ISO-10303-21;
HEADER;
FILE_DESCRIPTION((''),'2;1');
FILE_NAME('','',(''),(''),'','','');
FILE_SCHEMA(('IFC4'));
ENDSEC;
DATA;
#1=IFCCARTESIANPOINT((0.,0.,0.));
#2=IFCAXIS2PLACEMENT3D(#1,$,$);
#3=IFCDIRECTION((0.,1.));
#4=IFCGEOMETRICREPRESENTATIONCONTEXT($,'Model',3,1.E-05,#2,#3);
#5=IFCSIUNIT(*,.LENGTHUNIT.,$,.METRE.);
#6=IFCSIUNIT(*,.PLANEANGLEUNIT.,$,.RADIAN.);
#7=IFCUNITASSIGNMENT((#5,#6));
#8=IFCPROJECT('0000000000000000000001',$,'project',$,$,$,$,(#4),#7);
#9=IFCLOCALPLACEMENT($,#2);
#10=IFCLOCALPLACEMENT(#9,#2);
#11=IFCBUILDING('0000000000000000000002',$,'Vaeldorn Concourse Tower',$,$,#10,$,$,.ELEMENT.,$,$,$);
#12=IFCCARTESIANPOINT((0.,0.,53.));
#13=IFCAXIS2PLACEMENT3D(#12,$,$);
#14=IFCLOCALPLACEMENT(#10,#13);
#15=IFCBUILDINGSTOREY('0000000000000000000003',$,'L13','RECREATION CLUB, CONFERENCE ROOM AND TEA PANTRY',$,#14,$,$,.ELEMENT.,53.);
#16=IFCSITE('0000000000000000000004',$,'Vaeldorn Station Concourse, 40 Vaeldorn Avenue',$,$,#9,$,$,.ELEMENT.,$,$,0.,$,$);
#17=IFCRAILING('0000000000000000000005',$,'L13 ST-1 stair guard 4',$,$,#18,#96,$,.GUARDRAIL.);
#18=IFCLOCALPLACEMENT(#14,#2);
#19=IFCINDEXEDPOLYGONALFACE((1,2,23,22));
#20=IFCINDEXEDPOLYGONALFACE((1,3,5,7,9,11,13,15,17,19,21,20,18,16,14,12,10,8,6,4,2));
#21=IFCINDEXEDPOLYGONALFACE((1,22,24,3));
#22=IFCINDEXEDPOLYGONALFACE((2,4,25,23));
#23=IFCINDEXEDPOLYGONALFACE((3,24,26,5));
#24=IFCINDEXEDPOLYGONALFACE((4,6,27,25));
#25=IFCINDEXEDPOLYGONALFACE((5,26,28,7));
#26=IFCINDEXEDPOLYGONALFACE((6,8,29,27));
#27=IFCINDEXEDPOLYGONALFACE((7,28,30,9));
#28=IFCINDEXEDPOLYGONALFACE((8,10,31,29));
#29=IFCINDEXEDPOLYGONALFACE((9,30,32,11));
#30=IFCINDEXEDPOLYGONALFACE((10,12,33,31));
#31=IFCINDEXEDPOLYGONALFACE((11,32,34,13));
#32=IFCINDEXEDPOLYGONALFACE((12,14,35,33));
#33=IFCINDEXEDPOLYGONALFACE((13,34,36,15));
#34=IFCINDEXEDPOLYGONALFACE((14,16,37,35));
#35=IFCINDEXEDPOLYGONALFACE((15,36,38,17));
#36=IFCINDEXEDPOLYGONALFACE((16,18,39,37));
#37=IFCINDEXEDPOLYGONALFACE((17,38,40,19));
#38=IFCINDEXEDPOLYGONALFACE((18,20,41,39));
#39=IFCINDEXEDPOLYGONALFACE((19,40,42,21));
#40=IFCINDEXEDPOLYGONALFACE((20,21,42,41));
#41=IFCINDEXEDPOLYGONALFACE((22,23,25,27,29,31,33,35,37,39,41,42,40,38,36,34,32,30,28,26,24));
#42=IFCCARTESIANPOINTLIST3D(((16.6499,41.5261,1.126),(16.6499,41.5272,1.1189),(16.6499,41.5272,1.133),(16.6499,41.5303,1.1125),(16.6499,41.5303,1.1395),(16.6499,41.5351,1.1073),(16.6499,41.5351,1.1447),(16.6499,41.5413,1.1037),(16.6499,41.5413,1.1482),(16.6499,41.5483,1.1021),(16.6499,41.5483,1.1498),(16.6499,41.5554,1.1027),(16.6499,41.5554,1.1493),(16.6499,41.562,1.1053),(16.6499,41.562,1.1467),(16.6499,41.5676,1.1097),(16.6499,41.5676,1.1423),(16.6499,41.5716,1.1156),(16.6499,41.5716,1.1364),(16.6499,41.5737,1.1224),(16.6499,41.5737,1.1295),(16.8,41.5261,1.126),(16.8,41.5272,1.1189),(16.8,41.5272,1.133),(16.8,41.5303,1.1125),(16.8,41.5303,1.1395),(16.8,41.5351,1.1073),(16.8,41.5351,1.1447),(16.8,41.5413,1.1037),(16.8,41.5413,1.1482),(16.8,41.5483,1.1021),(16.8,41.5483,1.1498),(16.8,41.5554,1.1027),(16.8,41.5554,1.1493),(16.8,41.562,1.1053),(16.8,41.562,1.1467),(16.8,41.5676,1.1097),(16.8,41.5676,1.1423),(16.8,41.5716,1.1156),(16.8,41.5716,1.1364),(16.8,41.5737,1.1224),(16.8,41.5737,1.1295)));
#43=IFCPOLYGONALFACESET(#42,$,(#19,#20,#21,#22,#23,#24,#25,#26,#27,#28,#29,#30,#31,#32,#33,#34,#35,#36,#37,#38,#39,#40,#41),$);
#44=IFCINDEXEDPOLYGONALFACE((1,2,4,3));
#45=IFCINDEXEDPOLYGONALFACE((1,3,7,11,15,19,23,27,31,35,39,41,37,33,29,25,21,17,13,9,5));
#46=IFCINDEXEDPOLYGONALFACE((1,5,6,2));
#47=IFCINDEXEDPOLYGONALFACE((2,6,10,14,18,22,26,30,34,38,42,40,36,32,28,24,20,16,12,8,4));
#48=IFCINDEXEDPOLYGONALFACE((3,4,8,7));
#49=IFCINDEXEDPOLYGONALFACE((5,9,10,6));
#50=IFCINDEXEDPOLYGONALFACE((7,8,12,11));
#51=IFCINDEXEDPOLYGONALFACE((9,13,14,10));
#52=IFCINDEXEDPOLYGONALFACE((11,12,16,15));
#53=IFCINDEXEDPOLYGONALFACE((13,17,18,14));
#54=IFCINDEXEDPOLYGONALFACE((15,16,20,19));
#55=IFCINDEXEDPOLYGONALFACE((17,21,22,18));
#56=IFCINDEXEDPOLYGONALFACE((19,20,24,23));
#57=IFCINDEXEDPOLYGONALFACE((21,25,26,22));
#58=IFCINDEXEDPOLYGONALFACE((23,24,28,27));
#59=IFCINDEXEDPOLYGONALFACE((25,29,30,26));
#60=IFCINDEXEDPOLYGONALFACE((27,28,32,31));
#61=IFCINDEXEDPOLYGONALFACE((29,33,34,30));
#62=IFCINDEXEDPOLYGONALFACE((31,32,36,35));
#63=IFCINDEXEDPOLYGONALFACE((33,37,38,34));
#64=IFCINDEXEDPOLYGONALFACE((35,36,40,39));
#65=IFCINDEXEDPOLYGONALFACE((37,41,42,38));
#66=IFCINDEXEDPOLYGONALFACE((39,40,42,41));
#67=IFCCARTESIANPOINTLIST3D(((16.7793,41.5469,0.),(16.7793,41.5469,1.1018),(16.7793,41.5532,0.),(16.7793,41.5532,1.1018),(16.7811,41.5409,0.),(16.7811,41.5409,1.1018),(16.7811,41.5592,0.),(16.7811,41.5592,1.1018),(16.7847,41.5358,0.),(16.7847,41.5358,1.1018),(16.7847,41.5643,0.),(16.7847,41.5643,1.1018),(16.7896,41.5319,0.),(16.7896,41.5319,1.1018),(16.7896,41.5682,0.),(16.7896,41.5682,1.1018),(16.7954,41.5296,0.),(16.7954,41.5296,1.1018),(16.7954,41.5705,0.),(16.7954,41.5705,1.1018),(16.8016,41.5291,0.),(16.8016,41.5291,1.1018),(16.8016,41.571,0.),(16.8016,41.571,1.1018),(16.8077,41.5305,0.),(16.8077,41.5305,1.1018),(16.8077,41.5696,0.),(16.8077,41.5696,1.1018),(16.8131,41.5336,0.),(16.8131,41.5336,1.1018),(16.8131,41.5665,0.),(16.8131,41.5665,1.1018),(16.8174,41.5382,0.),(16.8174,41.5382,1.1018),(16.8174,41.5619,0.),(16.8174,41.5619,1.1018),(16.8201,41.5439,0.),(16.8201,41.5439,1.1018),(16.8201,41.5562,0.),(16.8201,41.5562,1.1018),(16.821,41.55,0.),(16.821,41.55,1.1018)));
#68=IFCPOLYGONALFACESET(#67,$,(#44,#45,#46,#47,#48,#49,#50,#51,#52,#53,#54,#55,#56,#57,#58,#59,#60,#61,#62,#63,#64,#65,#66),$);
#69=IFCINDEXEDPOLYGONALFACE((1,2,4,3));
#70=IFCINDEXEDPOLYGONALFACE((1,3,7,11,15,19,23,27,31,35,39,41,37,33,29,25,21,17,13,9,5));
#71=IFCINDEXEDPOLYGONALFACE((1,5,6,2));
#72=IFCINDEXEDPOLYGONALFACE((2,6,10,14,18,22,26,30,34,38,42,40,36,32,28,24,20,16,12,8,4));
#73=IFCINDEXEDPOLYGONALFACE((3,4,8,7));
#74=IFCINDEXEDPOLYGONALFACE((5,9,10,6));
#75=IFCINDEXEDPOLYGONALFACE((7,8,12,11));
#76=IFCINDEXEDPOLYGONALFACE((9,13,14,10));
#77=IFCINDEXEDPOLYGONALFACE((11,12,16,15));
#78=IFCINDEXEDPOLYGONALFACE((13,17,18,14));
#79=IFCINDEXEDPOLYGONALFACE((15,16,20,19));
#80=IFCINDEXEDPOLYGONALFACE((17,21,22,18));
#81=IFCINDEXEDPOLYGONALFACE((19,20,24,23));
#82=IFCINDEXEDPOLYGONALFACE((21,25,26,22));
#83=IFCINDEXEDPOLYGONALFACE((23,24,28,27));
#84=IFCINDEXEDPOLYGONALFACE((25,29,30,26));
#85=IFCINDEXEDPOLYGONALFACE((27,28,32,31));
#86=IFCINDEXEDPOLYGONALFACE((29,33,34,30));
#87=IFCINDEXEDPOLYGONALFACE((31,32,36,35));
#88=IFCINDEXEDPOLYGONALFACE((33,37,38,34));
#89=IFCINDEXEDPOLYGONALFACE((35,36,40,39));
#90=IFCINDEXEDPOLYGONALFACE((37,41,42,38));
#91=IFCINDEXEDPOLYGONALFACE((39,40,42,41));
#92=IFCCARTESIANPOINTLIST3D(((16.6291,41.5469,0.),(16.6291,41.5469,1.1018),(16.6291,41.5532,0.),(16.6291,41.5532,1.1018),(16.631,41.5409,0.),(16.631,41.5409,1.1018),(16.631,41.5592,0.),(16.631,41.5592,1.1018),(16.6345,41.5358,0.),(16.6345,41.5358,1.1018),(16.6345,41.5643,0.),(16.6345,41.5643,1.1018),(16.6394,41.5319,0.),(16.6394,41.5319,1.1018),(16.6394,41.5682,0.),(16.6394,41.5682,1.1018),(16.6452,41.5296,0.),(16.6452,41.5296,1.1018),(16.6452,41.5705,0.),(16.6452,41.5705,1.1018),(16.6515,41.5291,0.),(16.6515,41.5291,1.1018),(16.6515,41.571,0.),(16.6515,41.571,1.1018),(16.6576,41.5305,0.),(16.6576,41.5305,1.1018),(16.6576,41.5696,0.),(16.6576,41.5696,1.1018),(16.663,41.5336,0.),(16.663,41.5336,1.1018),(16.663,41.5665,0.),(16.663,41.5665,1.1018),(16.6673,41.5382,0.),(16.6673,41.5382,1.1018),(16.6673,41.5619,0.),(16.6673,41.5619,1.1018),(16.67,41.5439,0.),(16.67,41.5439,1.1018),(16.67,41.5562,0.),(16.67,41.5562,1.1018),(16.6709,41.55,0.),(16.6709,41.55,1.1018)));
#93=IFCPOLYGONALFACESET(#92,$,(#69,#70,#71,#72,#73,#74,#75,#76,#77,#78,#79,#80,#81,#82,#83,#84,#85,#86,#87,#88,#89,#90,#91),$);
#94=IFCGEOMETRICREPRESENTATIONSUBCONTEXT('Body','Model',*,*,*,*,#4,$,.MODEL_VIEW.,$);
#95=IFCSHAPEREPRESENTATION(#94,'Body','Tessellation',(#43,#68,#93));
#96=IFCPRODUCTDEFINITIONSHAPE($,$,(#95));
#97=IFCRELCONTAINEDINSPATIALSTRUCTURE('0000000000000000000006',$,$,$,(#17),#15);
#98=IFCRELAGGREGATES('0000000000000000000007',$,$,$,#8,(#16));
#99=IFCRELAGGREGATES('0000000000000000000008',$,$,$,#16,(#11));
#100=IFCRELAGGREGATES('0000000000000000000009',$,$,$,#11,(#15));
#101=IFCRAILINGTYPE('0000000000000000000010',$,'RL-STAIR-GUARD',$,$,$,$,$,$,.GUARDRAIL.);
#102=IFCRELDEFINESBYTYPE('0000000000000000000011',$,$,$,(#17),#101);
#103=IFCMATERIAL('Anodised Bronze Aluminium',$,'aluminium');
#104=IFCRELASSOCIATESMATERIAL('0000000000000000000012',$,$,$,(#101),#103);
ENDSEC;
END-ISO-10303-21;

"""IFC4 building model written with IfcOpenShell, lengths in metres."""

from ifc_helpers import new_model, si_unit, direction, frame, origin, origin_2d, place, context, subcontext, project, spatial, circle, extrude, material, type_object, element, save


model = new_model("IFC4")

# Units and contexts
model_context = context("Model", 3, precision=1e-05, world=origin(), true_north=direction((0.0, 1.0)))
body_context = subcontext(model_context, "Body", "Model", "MODEL_VIEW")
ifc_project = project(units=[si_unit("LENGTHUNIT", "METRE"), si_unit("PLANEANGLEUNIT", "RADIAN")], contexts=[model_context])

# Site, building, storey
site_placement = place(None, origin())
site = spatial("IfcSite", under=ifc_project, at=site_placement, Name="Vaeldorn Station Concourse, 40 Vaeldorn Avenue", CompositionType="ELEMENT", RefElevation=0.0)
building_placement = place(site_placement, origin())
building = spatial("IfcBuilding", under=site, at=building_placement, Name="Vaeldorn Concourse Tower", CompositionType="ELEMENT")
storey_placement = place(building_placement, frame((0.0, 0.0, 53.0)))
storey = spatial("IfcBuildingStorey", under=building, at=storey_placement, Name="L13", Description="RECREATION CLUB, CONFERENCE ROOM AND TEA PANTRY", CompositionType="ELEMENT", Elevation=53.0)

# Shared definitions
ifc_material_1 = material(Name="Anodised Bronze Aluminium", Category="aluminium")

# Railing
railing_type_1 = type_object("IfcRailingType", Name="RL-STAIR-GUARD", PredefinedType="GUARDRAIL", material=ifc_material_1)
railing_1_placement = place(storey_placement, frame((16.8, 41.55, 0.0)))
element("IfcRailing", 1, at=railing_1_placement, inside=storey, type_object=railing_type_1, Name="L13 ST-1 stair guard 4", PredefinedType="GUARDRAIL", context=body_context, shape_type="SweptSolid", body=[
    extrude(circle(Radius=0.0239, at=origin_2d()), frame((0.0, 0.0, 1.126), z_axis=(-1.0, 0.0, 0.0), x_axis=(0.0, -1.0, 0.0)), (0.0, 0.0, 1.0), 0.1501),
    extrude(circle(Radius=0.021, at=origin_2d()), origin(), (0.0, 0.0, 1.0), 1.1018),
    extrude(circle(Radius=0.021, at=origin_2d()), frame((-0.1501, 0.0, 0.0)), (0.0, 0.0, 1.0), 1.1018),
])

save(model, "model.ifc")
